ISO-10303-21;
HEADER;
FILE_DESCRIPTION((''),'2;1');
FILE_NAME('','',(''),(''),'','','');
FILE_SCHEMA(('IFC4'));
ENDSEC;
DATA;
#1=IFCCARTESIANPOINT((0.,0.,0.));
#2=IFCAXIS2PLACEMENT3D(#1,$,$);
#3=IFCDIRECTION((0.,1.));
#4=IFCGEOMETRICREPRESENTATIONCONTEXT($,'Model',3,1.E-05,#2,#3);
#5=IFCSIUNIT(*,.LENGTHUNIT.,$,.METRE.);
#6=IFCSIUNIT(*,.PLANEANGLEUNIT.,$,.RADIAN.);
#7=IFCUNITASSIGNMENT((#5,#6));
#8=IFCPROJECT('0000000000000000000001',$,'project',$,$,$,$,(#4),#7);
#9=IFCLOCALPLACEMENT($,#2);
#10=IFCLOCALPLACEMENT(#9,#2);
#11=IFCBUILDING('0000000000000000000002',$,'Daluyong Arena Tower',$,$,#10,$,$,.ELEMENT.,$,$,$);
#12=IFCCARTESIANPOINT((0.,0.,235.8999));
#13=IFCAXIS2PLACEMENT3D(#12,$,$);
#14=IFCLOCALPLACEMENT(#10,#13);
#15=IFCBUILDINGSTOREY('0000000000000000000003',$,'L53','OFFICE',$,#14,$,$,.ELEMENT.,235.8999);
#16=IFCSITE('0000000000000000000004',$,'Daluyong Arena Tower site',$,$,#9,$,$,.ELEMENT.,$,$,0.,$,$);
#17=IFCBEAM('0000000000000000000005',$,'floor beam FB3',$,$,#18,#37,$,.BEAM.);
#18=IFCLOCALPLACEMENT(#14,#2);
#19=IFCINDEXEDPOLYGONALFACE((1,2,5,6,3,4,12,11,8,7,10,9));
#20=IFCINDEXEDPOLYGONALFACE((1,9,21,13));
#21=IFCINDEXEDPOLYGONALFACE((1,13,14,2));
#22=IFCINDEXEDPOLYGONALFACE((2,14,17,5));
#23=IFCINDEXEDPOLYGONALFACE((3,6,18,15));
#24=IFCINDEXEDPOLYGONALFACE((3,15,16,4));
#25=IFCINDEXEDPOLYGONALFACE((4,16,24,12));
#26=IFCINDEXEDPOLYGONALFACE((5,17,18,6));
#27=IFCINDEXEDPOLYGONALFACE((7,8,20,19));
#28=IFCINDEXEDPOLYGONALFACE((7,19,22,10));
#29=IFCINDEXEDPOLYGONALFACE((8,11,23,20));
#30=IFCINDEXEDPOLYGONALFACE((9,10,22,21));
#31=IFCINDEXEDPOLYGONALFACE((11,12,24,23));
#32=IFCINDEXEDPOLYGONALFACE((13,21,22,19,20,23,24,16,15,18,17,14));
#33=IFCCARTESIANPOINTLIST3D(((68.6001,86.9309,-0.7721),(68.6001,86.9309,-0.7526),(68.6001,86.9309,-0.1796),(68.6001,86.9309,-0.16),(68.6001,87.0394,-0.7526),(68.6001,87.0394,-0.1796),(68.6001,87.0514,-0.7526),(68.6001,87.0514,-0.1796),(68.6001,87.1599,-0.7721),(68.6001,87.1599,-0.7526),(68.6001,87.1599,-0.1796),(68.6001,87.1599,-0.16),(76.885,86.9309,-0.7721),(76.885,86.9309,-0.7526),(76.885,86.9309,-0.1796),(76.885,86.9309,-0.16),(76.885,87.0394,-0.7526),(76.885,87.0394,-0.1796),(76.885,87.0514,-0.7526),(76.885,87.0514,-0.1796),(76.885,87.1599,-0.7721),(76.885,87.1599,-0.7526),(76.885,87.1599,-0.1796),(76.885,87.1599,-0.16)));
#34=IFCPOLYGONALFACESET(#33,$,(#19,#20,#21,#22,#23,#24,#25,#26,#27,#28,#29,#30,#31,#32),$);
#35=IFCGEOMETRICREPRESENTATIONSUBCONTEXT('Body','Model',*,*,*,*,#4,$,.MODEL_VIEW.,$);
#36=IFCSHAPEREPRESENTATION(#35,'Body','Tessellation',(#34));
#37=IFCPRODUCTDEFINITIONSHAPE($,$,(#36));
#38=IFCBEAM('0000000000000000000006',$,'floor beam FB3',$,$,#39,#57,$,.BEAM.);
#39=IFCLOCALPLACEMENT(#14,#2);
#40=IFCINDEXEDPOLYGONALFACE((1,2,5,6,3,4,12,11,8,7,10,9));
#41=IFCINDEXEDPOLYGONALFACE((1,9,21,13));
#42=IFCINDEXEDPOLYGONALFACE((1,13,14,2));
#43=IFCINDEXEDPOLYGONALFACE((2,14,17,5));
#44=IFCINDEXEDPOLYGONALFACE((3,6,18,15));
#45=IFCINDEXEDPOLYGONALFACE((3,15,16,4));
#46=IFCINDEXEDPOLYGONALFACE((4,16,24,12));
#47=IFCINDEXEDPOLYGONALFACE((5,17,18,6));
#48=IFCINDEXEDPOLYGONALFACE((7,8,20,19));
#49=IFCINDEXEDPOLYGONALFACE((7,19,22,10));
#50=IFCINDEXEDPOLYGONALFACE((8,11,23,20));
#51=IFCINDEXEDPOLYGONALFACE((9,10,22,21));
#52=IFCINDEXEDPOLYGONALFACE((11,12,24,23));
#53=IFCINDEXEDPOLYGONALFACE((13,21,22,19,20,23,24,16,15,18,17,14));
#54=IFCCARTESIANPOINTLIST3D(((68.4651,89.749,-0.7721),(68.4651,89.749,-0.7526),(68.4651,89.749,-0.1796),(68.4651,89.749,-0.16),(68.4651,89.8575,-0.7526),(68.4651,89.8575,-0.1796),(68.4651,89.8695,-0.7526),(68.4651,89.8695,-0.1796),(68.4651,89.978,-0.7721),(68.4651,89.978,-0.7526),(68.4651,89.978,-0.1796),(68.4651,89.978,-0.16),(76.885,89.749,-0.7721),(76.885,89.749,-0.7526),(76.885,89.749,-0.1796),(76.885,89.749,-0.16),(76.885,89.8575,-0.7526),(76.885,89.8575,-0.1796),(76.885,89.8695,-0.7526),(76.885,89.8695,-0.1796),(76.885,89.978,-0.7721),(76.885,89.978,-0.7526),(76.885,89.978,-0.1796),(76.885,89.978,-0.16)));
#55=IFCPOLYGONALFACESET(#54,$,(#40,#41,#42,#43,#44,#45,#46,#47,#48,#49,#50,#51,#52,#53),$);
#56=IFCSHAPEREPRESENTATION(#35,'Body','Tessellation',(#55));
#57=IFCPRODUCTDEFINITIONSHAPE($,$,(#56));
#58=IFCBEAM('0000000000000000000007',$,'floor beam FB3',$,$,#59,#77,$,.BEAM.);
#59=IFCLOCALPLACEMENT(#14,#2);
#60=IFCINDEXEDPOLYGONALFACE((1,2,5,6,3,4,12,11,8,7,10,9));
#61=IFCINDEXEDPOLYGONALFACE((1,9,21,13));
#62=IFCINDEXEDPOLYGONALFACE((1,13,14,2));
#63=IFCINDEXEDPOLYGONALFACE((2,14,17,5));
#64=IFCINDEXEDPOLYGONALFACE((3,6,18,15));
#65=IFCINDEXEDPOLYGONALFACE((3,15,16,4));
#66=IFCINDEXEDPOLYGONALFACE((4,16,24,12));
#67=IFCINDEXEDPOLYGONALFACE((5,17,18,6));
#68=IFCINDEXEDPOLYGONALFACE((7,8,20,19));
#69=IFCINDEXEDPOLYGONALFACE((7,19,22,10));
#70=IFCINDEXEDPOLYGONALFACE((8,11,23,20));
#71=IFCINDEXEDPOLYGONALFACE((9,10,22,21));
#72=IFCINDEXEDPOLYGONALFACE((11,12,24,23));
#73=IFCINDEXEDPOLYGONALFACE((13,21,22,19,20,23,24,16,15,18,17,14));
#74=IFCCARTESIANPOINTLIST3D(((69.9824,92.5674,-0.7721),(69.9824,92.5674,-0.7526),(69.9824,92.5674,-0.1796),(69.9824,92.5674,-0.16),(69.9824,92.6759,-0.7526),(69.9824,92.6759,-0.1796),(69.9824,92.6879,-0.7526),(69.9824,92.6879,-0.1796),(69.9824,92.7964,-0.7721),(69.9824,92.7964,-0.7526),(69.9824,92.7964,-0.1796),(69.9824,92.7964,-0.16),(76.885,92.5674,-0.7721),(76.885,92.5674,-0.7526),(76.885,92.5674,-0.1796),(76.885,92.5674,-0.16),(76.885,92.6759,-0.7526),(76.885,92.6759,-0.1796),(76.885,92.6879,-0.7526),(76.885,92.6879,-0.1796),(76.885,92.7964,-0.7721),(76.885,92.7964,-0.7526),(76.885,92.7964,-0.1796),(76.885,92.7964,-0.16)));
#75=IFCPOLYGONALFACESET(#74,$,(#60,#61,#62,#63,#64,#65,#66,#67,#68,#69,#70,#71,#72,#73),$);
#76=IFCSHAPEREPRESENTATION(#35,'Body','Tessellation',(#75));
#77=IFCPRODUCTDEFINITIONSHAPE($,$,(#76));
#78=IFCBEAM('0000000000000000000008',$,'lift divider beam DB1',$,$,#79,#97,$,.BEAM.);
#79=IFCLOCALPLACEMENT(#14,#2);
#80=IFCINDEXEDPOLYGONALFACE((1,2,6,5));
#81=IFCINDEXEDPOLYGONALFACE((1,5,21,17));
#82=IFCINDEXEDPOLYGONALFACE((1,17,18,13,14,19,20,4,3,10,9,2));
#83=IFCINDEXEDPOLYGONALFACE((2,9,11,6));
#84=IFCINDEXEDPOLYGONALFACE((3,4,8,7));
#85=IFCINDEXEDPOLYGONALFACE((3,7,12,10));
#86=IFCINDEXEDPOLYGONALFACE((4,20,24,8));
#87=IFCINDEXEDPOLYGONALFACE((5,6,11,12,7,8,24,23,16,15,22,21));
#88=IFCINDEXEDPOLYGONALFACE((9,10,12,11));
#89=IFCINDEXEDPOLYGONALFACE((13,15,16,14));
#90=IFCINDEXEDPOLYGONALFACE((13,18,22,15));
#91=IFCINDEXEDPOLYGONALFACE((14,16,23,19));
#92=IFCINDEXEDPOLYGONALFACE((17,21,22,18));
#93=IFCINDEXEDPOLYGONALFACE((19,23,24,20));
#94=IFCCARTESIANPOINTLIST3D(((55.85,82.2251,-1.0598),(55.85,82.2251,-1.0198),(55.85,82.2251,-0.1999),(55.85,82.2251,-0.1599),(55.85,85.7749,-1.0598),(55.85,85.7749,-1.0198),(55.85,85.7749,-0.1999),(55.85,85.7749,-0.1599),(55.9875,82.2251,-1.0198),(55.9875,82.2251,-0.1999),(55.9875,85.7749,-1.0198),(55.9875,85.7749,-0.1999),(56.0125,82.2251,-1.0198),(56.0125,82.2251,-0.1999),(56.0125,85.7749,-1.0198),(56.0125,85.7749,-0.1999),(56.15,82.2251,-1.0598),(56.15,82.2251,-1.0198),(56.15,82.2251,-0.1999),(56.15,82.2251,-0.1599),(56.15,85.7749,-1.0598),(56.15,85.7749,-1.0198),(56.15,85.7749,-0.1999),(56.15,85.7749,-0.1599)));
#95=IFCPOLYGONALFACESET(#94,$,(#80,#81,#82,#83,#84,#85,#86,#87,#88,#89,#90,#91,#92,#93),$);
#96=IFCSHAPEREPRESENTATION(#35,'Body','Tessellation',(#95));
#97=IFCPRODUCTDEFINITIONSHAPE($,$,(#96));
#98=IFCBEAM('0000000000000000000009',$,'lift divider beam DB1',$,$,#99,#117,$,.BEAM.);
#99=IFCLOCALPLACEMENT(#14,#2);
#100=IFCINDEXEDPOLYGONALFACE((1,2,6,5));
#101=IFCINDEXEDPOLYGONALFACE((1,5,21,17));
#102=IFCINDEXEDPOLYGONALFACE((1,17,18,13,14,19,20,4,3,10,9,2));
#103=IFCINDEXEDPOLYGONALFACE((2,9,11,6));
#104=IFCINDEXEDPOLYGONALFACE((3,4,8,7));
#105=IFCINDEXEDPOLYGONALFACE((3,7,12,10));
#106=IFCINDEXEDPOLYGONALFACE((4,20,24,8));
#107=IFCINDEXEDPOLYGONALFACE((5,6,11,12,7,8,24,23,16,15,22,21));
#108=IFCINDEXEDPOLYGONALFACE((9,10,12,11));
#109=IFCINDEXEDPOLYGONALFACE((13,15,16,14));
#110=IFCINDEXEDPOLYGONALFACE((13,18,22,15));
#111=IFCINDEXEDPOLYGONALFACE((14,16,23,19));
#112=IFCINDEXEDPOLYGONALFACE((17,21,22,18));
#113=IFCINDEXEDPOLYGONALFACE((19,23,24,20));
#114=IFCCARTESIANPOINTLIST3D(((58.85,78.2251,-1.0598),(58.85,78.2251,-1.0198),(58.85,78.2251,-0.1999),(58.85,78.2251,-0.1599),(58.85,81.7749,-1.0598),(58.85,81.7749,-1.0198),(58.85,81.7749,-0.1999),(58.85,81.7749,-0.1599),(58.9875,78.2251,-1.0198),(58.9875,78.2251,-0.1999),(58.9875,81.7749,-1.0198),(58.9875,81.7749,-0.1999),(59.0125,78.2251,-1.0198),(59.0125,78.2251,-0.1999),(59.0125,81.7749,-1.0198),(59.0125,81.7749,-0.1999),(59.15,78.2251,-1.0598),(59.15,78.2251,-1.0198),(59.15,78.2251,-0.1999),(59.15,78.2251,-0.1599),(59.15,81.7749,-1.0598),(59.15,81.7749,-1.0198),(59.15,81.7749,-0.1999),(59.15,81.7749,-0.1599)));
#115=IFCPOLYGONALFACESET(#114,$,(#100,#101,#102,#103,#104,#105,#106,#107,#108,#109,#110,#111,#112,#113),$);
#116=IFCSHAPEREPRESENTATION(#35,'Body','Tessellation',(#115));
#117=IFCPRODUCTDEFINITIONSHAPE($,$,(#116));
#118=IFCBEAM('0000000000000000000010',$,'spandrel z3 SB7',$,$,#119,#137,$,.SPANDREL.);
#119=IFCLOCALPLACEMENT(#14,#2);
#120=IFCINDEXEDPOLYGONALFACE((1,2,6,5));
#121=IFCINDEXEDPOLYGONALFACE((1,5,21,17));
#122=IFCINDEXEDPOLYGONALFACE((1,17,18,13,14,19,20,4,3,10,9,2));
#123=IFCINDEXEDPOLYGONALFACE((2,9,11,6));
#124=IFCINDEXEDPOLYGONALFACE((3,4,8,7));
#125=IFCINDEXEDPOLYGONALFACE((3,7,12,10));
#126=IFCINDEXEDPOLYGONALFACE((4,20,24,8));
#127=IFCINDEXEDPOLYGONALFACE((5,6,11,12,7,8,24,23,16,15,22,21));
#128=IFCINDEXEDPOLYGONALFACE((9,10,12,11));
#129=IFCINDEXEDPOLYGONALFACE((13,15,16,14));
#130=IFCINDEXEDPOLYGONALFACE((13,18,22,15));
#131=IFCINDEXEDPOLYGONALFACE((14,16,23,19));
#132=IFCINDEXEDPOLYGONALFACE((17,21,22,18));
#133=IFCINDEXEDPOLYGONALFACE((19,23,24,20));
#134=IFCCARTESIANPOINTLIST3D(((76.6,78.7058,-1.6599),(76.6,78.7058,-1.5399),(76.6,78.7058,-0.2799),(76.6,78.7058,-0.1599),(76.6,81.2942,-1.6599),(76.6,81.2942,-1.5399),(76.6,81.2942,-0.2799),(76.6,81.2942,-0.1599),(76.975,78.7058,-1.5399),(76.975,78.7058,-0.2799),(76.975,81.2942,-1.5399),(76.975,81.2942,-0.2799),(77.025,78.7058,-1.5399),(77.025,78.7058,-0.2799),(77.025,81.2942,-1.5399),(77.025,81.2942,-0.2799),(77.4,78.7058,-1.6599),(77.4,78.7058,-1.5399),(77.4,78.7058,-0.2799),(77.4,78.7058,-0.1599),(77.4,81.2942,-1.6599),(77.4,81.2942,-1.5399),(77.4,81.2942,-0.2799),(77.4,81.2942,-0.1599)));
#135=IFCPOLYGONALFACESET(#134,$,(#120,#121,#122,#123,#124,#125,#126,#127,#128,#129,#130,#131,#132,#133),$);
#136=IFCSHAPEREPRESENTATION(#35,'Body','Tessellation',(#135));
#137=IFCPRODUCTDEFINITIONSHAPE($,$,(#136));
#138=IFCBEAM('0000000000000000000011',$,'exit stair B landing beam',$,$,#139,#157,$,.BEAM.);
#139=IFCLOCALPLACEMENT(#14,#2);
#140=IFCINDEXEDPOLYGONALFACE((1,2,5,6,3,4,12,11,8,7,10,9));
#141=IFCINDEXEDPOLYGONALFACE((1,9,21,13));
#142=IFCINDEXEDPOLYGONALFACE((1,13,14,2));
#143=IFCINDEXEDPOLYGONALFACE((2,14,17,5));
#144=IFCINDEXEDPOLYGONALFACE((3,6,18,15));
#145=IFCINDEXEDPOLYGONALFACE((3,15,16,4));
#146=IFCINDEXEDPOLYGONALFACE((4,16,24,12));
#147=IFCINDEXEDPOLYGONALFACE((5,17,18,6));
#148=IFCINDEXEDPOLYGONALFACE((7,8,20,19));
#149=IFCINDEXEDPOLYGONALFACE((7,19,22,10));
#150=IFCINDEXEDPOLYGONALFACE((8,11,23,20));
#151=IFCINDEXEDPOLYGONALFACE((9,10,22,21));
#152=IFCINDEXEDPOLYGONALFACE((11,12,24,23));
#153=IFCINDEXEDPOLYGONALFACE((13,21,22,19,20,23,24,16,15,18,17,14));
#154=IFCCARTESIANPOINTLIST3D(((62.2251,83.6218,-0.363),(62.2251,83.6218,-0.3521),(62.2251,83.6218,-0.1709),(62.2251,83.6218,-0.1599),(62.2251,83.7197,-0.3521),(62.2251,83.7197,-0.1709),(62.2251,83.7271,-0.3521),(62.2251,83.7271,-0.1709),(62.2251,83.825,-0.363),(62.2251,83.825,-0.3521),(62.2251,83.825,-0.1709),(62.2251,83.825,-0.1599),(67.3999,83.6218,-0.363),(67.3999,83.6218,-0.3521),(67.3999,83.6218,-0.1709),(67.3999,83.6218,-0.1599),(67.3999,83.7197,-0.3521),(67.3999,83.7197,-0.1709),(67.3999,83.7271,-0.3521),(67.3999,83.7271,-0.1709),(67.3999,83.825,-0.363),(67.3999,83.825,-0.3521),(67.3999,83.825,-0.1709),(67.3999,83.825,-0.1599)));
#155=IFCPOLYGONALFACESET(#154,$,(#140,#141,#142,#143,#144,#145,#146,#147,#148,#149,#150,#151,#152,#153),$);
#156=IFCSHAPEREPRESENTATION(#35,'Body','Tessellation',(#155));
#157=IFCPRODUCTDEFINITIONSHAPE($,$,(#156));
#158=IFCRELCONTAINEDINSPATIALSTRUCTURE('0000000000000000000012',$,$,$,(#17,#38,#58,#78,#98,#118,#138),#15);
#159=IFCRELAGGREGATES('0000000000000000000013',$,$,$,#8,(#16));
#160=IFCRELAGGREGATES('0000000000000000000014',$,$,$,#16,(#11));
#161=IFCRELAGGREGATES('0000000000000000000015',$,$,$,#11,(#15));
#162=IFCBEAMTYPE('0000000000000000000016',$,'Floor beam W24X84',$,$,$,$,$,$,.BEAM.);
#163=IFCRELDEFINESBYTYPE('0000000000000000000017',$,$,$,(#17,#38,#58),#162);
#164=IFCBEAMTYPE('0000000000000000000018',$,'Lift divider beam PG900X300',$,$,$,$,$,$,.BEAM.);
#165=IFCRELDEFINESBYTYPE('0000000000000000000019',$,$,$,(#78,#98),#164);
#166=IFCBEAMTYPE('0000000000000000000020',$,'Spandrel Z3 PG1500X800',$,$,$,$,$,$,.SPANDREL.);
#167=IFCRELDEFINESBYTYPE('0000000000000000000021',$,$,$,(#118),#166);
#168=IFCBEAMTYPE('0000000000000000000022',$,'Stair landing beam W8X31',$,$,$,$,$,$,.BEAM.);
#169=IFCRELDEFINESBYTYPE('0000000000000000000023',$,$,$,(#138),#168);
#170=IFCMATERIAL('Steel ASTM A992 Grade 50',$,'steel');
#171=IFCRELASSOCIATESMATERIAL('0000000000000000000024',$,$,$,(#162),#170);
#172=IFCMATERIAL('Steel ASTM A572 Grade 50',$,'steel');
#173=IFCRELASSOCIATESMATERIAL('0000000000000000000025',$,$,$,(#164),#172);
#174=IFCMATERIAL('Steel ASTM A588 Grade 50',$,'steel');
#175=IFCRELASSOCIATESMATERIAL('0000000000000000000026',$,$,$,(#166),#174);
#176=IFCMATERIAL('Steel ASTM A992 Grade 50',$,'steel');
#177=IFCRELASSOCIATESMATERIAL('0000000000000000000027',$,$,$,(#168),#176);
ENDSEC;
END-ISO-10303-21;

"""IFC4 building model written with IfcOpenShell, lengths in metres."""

from ifc_helpers import new_model, si_unit, direction, frame, origin, origin_2d, place, context, subcontext, project, spatial, i_section, extrude, material, material_profile, profile_set, type_object, element, save


model = new_model("IFC4")

# Units and contexts
model_context = context("Model", 3, precision=1e-05, world=origin(), true_north=direction((0.0, 1.0)))
body_context = subcontext(model_context, "Body", "Model", "MODEL_VIEW")
ifc_project = project(units=[si_unit("LENGTHUNIT", "METRE"), si_unit("PLANEANGLEUNIT", "RADIAN")], contexts=[model_context])

# Site, building, storey
site_placement = place(None, origin())
site = spatial("IfcSite", under=ifc_project, at=site_placement, Name="Daluyong Arena Tower site", CompositionType="ELEMENT", RefElevation=0.0)
building_placement = place(site_placement, origin())
building = spatial("IfcBuilding", under=site, at=building_placement, Name="Daluyong Arena Tower", CompositionType="ELEMENT")
storey_placement = place(building_placement, frame((0.0, 0.0, 235.8999)))
storey = spatial("IfcBuildingStorey", under=building, at=storey_placement, Name="L53", Description="OFFICE", CompositionType="ELEMENT", Elevation=235.8999)

# Beams
ifc_material_1 = material(Name="Steel ASTM A992 Grade 50", Category="steel")
ifc_material_profile_1 = material_profile(ifc_material_1, i_section(OverallWidth=0.229, OverallDepth=0.6121, WebThickness=0.012, FlangeThickness=0.0195, at=origin_2d()))
ifc_profile_set_1 = profile_set([ifc_material_profile_1], Name="Steel ASTM A992 Grade 50")
beam_type_1 = type_object("IfcBeamType", Name="Floor beam W24X84", PredefinedType="BEAM", material=ifc_profile_set_1)
for number, where, z_axis, x_axis, name in (
    (1, (76.885, 87.0454, -0.4661), (-1.0, 0.0, 0.0), (0.0, -1.0, 0.0), "floor beam FB3"),
):
    element("IfcBeam", number, at=place(storey_placement, frame(where, z_axis=z_axis, x_axis=x_axis)), inside=storey, type_object=beam_type_1, Name=name, PredefinedType="BEAM", context=body_context, shape_type="SweptSolid", body=[
        extrude(i_section(OverallWidth=0.229, OverallDepth=0.6121, WebThickness=0.012, FlangeThickness=0.0195, at=origin_2d()), origin(), (0.0, 0.0, 1.0), 8.2849),
    ])
beam_1_placement = place(storey_placement, frame((76.885, 89.8635, -0.4661), z_axis=(-1.0, 0.0, 0.0), x_axis=(0.0, -1.0, 0.0)))
element("IfcBeam", 2, at=beam_1_placement, inside=storey, type_object=beam_type_1, Name="floor beam FB3", PredefinedType="BEAM", context=body_context, shape_type="SweptSolid", body=[
    extrude(i_section(OverallWidth=0.229, OverallDepth=0.6121, WebThickness=0.012, FlangeThickness=0.0195, at=origin_2d()), origin(), (0.0, 0.0, 1.0), 8.4199),
])
beam_2_placement = place(storey_placement, frame((76.885, 92.6819, -0.4661), z_axis=(-1.0, 0.0, 0.0), x_axis=(0.0, -1.0, 0.0)))
element("IfcBeam", 3, at=beam_2_placement, inside=storey, type_object=beam_type_1, Name="floor beam FB3", PredefinedType="BEAM", context=body_context, shape_type="SweptSolid", body=[
    extrude(i_section(OverallWidth=0.229, OverallDepth=0.6121, WebThickness=0.012, FlangeThickness=0.0195, at=origin_2d()), origin(), (0.0, 0.0, 1.0), 6.9026),
])
ifc_material_2 = material(Name="Steel ASTM A572 Grade 50", Category="steel")
ifc_material_profile_2 = material_profile(ifc_material_2, i_section(OverallWidth=0.3, OverallDepth=0.8999, WebThickness=0.025, FlangeThickness=0.04, at=origin_2d()))
ifc_profile_set_2 = profile_set([ifc_material_profile_2], Name="Steel ASTM A572 Grade 50")
beam_type_2 = type_object("IfcBeamType", Name="Lift divider beam PG900X300", PredefinedType="BEAM", material=ifc_profile_set_2)
for number, where, z_axis, x_axis, name in (
    (4, (56.0, 82.2251, -0.6099), (0.0, 1.0, 0.0), (-1.0, 0.0, 0.0), "lift divider beam DB1"),
    (5, (59.0, 78.2251, -0.6099), (0.0, 1.0, 0.0), (-1.0, 0.0, 0.0), "lift divider beam DB1"),
):
    element("IfcBeam", number, at=place(storey_placement, frame(where, z_axis=z_axis, x_axis=x_axis)), inside=storey, type_object=beam_type_2, Name=name, PredefinedType="BEAM", context=body_context, shape_type="SweptSolid", body=[
        extrude(i_section(OverallWidth=0.3, OverallDepth=0.8999, WebThickness=0.025, FlangeThickness=0.04, at=origin_2d()), origin(), (0.0, 0.0, 1.0), 3.5498),
    ])
ifc_material_3 = material(Name="Steel ASTM A588 Grade 50", Category="steel")
ifc_material_profile_3 = material_profile(ifc_material_3, i_section(OverallWidth=0.8, OverallDepth=1.5, WebThickness=0.05, FlangeThickness=0.12, at=origin_2d()))
ifc_profile_set_3 = profile_set([ifc_material_profile_3], Name="Steel ASTM A588 Grade 50")
beam_type_3 = type_object("IfcBeamType", Name="Spandrel Z3 PG1500X800", PredefinedType="SPANDREL", material=ifc_profile_set_3)
beam_3_placement = place(storey_placement, frame((77.0, 78.7058, -0.9099), z_axis=(0.0, 1.0, 0.0), x_axis=(-1.0, 0.0, 0.0)))
element("IfcBeam", 6, at=beam_3_placement, inside=storey, type_object=beam_type_3, Name="spandrel z3 SB7", PredefinedType="SPANDREL", context=body_context, shape_type="SweptSolid", body=[
    extrude(i_section(OverallWidth=0.8, OverallDepth=1.5, WebThickness=0.05, FlangeThickness=0.12, at=origin_2d()), origin(), (0.0, 0.0, 1.0), 2.5884),
])
ifc_material_4 = material(Name="Steel ASTM A992 Grade 50", Category="steel")
ifc_material_profile_4 = material_profile(ifc_material_4, i_section(OverallWidth=0.2031, OverallDepth=0.2031, WebThickness=0.0073, FlangeThickness=0.011, at=origin_2d()))
ifc_profile_set_4 = profile_set([ifc_material_profile_4], Name="Steel ASTM A992 Grade 50")
beam_type_4 = type_object("IfcBeamType", Name="Stair landing beam W8X31", PredefinedType="BEAM", material=ifc_profile_set_4)
beam_4_placement = place(storey_placement, frame((62.2251, 83.7234, -0.2615), z_axis=(1.0, 0.0, 0.0), x_axis=(0.0, 1.0, 0.0)))
element("IfcBeam", 7, at=beam_4_placement, inside=storey, type_object=beam_type_4, Name="exit stair B landing beam", PredefinedType="BEAM", context=body_context, shape_type="SweptSolid", body=[
    extrude(i_section(OverallWidth=0.2031, OverallDepth=0.2031, WebThickness=0.0073, FlangeThickness=0.011, at=origin_2d()), origin(), (0.0, 0.0, 1.0), 5.1748),
])

save(model, "model.ifc")
